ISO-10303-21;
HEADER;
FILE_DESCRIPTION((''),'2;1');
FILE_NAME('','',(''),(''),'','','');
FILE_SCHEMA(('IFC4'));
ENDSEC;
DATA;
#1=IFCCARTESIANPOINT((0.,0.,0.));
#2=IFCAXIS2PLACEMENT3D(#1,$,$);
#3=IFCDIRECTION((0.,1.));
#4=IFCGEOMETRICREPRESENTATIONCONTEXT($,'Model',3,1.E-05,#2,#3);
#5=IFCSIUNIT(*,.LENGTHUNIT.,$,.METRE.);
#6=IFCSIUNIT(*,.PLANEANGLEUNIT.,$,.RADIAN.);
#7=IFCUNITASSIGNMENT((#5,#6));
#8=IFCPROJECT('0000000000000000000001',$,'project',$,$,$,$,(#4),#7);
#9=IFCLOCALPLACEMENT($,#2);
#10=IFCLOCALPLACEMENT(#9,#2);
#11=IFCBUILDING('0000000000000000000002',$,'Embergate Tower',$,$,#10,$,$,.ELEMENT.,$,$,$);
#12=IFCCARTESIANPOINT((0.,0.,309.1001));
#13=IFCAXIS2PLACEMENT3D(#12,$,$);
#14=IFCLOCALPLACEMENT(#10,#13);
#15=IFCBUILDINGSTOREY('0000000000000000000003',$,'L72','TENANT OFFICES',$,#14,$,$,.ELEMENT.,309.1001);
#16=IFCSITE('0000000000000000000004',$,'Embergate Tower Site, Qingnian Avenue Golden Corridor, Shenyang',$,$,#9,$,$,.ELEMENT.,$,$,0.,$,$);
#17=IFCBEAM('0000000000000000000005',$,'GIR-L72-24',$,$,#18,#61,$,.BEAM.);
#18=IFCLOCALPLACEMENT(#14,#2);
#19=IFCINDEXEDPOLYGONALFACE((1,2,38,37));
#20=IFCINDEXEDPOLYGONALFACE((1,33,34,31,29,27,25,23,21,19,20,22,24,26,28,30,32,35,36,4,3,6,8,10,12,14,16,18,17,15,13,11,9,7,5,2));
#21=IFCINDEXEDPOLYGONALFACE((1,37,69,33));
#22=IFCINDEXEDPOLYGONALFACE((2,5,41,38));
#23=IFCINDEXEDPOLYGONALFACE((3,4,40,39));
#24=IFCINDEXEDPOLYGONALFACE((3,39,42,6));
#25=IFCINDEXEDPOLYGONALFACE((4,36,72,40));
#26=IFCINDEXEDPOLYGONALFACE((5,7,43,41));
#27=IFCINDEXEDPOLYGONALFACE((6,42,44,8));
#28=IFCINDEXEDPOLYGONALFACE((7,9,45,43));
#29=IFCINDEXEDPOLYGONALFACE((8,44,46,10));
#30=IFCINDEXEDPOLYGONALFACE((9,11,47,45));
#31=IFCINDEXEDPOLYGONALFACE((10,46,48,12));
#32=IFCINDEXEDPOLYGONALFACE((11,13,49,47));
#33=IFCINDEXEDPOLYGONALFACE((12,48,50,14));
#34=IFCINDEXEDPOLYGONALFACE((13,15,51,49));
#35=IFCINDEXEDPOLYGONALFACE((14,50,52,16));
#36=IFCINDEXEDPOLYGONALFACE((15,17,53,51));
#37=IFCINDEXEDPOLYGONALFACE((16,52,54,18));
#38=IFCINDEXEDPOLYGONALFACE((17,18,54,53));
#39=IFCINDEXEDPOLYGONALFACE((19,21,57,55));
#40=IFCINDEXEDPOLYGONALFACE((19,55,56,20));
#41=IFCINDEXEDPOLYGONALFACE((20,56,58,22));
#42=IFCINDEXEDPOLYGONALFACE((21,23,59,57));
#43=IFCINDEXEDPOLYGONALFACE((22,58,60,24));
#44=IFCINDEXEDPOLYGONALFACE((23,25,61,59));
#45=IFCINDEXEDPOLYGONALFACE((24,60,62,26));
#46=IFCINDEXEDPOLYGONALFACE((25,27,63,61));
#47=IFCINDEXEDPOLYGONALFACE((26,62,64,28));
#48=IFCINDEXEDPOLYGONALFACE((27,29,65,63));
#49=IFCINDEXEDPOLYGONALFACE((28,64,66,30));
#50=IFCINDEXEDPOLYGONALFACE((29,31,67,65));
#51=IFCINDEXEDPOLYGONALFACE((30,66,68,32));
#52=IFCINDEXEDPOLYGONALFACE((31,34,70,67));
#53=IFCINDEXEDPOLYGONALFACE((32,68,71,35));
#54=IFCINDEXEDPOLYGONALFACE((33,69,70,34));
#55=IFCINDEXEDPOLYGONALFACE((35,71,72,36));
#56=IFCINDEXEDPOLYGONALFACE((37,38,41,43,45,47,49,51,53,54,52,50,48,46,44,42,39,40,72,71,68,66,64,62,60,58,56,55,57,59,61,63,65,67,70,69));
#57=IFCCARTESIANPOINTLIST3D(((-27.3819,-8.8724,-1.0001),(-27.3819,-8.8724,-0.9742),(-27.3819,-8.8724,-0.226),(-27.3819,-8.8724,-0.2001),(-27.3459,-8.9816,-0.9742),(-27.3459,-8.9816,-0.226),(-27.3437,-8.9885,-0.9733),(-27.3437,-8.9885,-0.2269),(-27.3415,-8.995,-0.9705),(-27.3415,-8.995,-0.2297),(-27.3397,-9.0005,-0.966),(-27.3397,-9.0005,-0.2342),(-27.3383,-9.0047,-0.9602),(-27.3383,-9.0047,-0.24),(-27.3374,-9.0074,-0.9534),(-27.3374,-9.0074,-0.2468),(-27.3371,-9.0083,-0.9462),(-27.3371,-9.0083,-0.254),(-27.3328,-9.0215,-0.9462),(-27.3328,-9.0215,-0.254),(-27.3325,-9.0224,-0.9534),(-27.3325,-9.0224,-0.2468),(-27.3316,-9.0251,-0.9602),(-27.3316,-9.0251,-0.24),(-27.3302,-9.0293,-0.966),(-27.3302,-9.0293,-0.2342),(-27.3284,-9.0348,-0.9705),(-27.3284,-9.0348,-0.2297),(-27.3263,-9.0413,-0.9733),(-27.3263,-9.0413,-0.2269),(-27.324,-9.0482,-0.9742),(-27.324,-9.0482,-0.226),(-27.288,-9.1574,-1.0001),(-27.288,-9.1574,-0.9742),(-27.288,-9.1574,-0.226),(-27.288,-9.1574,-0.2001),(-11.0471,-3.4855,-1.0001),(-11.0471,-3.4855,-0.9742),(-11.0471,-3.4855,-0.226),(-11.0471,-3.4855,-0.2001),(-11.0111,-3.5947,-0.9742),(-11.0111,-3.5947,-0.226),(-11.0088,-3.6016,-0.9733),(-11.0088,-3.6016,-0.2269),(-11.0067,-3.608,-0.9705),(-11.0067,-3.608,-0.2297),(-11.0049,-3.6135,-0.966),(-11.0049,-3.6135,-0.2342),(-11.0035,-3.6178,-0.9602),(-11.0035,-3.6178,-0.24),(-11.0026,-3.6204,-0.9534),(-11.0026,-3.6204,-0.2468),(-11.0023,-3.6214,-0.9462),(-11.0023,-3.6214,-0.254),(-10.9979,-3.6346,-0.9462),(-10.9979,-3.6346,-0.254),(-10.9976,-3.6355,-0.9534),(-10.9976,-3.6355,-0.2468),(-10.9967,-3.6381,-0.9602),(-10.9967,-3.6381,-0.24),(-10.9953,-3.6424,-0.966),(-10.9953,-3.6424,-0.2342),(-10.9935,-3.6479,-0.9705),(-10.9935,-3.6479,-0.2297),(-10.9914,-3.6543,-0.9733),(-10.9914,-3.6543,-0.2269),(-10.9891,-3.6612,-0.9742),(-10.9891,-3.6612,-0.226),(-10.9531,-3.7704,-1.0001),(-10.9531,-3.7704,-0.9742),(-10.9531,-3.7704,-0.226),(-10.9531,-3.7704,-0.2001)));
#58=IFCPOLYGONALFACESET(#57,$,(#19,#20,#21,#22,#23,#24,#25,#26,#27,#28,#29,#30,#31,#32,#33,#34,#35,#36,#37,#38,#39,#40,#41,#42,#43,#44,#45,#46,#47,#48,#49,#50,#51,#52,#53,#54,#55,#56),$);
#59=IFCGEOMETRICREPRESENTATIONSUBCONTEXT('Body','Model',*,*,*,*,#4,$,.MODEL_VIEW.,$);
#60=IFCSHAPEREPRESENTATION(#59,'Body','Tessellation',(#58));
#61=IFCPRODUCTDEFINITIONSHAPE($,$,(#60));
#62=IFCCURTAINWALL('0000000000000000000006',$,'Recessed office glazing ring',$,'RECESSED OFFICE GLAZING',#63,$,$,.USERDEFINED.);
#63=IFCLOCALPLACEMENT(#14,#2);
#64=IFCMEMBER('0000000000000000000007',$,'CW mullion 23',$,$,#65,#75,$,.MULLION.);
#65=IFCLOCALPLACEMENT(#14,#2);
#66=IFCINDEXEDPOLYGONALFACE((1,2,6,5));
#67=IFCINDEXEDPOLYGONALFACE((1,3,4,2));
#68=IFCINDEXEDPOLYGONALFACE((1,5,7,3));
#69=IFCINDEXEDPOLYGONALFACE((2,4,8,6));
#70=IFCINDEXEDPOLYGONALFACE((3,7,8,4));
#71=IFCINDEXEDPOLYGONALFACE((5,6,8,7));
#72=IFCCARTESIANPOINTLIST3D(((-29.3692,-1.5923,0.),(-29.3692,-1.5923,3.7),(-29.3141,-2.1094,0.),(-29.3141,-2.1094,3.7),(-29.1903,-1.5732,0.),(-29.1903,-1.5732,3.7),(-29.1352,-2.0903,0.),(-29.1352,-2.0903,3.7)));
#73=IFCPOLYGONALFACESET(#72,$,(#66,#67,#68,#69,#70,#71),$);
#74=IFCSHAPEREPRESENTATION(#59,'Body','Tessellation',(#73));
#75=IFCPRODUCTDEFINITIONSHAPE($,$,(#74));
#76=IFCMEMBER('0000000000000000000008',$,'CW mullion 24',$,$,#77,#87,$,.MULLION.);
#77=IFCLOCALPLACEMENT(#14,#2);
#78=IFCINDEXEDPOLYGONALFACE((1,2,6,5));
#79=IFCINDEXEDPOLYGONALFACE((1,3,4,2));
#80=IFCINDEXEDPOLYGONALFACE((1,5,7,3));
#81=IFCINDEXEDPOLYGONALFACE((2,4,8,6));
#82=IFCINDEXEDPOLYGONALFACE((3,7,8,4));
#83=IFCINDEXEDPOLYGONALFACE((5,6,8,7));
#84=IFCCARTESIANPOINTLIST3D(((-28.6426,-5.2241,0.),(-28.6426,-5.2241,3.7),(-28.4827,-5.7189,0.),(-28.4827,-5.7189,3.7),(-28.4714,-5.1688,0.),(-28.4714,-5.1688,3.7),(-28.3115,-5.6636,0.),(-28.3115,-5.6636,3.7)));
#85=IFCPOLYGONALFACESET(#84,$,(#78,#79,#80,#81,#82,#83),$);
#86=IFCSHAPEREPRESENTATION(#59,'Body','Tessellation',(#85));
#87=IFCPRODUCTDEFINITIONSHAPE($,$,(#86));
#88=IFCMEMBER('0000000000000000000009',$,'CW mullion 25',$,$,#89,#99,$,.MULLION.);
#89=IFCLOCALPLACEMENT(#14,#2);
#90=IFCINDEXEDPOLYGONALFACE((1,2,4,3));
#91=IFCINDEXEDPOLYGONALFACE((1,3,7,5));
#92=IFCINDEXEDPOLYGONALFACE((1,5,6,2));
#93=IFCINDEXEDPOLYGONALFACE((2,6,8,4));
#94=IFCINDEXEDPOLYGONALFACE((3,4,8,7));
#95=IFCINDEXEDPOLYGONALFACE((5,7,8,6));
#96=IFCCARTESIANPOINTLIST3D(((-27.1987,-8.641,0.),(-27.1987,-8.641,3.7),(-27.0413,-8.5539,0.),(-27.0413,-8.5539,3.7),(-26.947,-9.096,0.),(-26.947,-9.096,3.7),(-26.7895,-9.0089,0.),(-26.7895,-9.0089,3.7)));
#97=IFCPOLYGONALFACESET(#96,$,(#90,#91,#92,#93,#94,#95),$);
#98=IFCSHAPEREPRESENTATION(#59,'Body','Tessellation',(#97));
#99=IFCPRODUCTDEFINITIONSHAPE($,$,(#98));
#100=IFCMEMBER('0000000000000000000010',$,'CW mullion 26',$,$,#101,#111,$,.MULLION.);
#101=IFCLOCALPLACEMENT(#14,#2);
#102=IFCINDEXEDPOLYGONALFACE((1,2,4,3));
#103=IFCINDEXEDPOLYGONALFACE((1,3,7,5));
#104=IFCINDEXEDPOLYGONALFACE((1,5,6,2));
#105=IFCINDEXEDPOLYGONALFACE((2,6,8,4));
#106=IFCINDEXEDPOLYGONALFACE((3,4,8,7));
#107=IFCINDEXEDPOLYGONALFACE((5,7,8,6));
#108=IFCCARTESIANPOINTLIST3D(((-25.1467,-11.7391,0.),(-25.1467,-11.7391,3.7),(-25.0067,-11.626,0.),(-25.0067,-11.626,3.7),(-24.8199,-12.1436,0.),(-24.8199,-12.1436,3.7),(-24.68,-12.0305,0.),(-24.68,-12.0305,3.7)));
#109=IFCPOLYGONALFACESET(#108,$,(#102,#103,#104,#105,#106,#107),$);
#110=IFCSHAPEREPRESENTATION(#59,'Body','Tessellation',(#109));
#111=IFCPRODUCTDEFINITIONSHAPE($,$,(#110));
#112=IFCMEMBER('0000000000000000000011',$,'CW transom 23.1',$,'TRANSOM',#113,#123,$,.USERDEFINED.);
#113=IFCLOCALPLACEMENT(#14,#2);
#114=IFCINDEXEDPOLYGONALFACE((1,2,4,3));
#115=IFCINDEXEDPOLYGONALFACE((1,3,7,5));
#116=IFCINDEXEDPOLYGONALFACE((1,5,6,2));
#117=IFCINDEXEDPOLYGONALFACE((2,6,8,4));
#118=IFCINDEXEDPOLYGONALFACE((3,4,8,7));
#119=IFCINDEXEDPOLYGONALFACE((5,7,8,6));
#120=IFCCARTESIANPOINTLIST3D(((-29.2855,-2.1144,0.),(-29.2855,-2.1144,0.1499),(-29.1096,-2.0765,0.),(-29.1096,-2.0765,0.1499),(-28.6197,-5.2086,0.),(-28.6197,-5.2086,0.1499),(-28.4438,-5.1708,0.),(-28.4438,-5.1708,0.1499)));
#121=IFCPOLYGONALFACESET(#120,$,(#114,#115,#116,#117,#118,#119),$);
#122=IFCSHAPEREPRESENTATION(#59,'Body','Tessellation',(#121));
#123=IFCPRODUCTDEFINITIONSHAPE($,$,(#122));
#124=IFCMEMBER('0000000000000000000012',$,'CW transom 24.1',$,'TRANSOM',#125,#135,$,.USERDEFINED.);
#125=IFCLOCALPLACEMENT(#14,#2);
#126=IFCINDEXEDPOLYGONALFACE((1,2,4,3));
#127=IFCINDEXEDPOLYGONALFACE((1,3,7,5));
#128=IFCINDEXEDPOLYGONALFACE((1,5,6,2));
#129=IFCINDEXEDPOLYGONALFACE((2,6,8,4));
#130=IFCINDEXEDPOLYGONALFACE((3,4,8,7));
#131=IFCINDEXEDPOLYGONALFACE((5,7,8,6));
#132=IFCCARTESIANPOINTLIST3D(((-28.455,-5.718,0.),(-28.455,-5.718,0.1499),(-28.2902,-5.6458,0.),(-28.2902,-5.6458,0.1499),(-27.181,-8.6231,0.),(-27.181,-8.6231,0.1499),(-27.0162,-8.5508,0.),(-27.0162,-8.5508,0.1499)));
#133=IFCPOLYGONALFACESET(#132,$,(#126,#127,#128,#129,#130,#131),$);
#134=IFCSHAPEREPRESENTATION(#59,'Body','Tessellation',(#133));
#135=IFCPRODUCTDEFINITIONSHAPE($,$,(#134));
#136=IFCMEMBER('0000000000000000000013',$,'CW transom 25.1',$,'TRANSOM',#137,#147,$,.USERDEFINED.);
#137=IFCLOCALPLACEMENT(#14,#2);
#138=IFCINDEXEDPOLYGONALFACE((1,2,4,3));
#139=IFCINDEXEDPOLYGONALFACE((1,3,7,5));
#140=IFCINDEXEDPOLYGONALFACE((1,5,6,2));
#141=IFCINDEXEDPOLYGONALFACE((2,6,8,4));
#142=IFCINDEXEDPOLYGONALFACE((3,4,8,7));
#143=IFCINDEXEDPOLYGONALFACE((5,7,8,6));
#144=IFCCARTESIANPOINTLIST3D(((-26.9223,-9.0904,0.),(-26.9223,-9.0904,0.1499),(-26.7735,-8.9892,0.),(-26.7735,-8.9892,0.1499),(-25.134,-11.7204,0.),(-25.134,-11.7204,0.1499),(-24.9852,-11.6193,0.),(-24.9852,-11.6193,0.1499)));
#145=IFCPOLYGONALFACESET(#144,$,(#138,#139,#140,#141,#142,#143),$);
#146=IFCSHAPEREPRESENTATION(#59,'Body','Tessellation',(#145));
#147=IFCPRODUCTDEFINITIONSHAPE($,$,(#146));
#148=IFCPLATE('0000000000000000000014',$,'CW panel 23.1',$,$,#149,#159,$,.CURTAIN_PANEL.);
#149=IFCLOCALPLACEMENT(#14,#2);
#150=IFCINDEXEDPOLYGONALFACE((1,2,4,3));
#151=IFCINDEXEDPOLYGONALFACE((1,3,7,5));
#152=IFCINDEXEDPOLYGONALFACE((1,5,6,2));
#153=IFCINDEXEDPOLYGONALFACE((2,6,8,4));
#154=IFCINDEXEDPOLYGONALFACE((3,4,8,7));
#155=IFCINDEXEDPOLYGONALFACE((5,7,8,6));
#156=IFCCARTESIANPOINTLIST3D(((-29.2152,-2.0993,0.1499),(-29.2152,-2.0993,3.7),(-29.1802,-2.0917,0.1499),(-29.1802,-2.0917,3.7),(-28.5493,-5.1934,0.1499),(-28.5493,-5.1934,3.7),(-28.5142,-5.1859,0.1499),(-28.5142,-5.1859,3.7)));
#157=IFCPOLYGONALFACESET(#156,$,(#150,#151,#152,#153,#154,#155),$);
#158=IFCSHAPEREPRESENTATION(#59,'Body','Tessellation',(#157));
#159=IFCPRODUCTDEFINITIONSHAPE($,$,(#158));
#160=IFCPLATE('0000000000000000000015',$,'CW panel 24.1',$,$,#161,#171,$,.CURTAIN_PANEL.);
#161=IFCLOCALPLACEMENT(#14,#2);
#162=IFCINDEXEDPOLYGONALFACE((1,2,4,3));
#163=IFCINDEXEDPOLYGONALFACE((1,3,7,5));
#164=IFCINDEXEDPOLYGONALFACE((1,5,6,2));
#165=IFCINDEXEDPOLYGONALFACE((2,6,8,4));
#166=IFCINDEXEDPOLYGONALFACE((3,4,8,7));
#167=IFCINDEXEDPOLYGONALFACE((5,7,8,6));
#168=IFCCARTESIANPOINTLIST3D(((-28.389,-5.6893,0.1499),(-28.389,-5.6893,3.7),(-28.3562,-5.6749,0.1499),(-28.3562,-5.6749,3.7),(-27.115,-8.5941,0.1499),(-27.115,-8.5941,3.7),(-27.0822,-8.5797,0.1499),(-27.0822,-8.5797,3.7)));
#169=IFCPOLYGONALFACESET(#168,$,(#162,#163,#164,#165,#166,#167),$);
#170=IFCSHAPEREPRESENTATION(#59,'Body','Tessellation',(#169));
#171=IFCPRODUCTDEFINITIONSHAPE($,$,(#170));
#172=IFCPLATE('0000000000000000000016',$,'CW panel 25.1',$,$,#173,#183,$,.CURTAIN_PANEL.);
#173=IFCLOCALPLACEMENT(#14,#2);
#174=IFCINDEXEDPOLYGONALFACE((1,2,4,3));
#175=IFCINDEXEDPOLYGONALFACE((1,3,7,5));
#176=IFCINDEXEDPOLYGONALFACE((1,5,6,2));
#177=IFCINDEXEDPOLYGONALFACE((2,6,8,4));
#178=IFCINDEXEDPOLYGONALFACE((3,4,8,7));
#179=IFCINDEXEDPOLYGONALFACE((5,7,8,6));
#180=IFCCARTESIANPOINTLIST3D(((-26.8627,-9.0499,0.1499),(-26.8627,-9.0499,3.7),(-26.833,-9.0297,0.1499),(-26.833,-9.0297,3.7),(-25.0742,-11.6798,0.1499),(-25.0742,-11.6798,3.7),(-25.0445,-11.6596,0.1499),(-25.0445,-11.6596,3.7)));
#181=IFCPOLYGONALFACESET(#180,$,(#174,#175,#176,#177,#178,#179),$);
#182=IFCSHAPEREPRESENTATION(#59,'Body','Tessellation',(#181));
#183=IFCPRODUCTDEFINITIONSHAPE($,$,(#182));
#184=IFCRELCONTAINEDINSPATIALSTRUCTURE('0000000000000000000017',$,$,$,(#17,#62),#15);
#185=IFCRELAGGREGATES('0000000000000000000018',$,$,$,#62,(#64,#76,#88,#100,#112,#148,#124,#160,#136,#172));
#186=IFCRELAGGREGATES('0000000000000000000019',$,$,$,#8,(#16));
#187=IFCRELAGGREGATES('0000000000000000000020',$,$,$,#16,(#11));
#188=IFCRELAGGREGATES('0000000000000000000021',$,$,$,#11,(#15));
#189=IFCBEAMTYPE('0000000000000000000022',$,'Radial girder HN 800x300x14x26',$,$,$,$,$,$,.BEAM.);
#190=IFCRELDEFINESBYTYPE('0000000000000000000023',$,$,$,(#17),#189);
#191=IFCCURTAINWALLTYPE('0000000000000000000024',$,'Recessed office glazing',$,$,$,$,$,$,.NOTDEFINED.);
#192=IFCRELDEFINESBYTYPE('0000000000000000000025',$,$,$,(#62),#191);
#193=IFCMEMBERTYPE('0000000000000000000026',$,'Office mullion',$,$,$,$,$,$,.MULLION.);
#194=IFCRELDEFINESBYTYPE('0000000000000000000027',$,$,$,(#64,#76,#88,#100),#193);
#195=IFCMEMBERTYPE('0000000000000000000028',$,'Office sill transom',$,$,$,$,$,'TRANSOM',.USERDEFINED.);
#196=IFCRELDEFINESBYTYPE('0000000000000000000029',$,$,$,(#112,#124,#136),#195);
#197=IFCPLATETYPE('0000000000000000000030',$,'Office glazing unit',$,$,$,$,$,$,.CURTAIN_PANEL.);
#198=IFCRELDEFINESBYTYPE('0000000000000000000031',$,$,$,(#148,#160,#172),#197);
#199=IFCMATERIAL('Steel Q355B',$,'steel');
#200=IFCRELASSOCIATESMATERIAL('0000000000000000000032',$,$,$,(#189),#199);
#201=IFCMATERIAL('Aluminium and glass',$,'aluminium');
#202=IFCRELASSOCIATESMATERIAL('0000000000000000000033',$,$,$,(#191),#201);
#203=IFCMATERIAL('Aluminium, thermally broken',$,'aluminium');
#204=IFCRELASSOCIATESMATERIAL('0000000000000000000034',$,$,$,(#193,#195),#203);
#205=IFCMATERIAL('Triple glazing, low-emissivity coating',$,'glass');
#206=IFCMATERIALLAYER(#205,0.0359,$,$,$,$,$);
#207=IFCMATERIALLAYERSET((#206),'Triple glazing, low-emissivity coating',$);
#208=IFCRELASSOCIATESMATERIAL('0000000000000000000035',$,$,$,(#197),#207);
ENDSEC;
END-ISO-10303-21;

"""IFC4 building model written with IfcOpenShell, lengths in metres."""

from ifc_helpers import new_model, si_unit, direction, frame, origin, origin_2d, place, context, subcontext, project, spatial, rectangle, i_section, extrude, source, transform, mapped, material, layer, layer_set, material_profile, profile_set, type_object, element, aggregate, save


model = new_model("IFC4")

# Units and contexts
model_context = context("Model", 3, precision=1e-05, world=origin(), true_north=direction((0.0, 1.0)))
body_context = subcontext(model_context, "Body", "Model", "MODEL_VIEW")
ifc_project = project(units=[si_unit("LENGTHUNIT", "METRE"), si_unit("PLANEANGLEUNIT", "RADIAN")], contexts=[model_context])

# Site, building, storey
site_placement = place(None, origin())
site = spatial("IfcSite", under=ifc_project, at=site_placement, Name="Embergate Tower Site, Qingnian Avenue Golden Corridor, Shenyang", CompositionType="ELEMENT", RefElevation=0.0)
building_placement = place(site_placement, origin())
building = spatial("IfcBuilding", under=site, at=building_placement, Name="Embergate Tower", CompositionType="ELEMENT")
storey_placement = place(building_placement, frame((0.0, 0.0, 309.1001)))
storey = spatial("IfcBuildingStorey", under=building, at=storey_placement, Name="L72", Description="TENANT OFFICES", CompositionType="ELEMENT", Elevation=309.1001)

# Beam
ifc_material_1 = material(Name="Steel Q355B", Category="steel")
ifc_material_profile_1 = material_profile(ifc_material_1, i_section(OverallWidth=0.3, OverallDepth=0.8, WebThickness=0.0139, FlangeThickness=0.0259, FilletRadius=0.0281, at=origin_2d()), Name="HN 800x300x14x26")
ifc_profile_set_1 = profile_set([ifc_material_profile_1], Name="Steel Q355 grade B")
beam_type_1 = type_object("IfcBeamType", Name="Radial girder HN 800x300x14x26", PredefinedType="BEAM", material=ifc_profile_set_1)
shared_shape_1 = source(origin(), body_context, "Body", "SweptSolid", [
    extrude(i_section(OverallWidth=0.3, OverallDepth=0.8, WebThickness=0.0139, FlangeThickness=0.0259, FilletRadius=0.0281, at=origin_2d()), origin(), (0.0, 0.0, 1.0), 17.2002),
])
beam_1_placement = place(storey_placement, frame((-27.335, -9.0149, -0.6001), z_axis=(0.94969, 0.31319, 0.0), x_axis=(-0.31319, 0.94969, 0.0)))
element("IfcBeam", 1, at=beam_1_placement, inside=storey, type_object=beam_type_1, Name="GIR-L72-24", PredefinedType="BEAM", context=body_context, shape_type="MappedRepresentation", body=[
    mapped(shared_shape_1, transform((0.0, 0.0, 0.0))),
])

# Curtain wall, members, plates
ifc_material_2 = material(Name="Aluminium and glass", Category="aluminium")
curtain_wall_type = type_object("IfcCurtainWallType", Name="Recessed office glazing", PredefinedType="NOTDEFINED", material=ifc_material_2)
curtain_wall_placement = place(storey_placement, origin())
curtain_wall = element("IfcCurtainWall", 2, at=curtain_wall_placement, inside=storey, type_object=curtain_wall_type, Name="Recessed office glazing ring", ObjectType="RECESSED OFFICE GLAZING", PredefinedType="USERDEFINED")
ifc_material_3 = material(Name="Aluminium, thermally broken", Category="aluminium")
ifc_material_profile_2 = material_profile(ifc_material_3, rectangle(XDim=0.1799, YDim=0.52, at=origin_2d()), Name="AL 520x180")
ifc_profile_set_2 = profile_set([ifc_material_profile_2], Name="Aluminium, thermally broken")
member_type_1 = type_object("IfcMemberType", Name="Office mullion", PredefinedType="MULLION", material=ifc_profile_set_2)
shared_shape_2 = source(origin(), body_context, "Body", "SweptSolid", [
    extrude(rectangle(XDim=0.1799, YDim=0.52, at=origin_2d()), origin(), (0.0, 0.0, 1.0), 3.7),
])
member_1_placement = place(storey_placement, frame((-29.2522, -1.8413, 0.0), z_axis=(0.0, 0.0, 1.0), x_axis=(0.994384, 0.10583, 0.0)))
member_1 = element("IfcMember", 3, at=member_1_placement, type_object=member_type_1, Name="CW mullion 23", PredefinedType="MULLION", context=body_context, shape_type="MappedRepresentation", body=[
    mapped(shared_shape_2, transform((0.0, 0.0, 0.0))),
])
member_2_placement = place(storey_placement, frame((-28.4771, -5.4438, 0.0), z_axis=(0.0, 0.0, 1.0), x_axis=(0.951493, 0.307671, 0.0)))
member_2 = element("IfcMember", 4, at=member_2_placement, type_object=member_type_1, Name="CW mullion 24", PredefinedType="MULLION", context=body_context, shape_type="MappedRepresentation", body=[
    mapped(shared_shape_2, transform((0.0, 0.0, 0.0))),
])
member_3_placement = place(storey_placement, frame((-26.9941, -8.825, 0.0), z_axis=(0.0, 0.0, 1.0), x_axis=(0.874993, 0.484135, 0.0)))
member_3 = element("IfcMember", 5, at=member_3_placement, type_object=member_type_1, Name="CW mullion 25", PredefinedType="MULLION", context=body_context, shape_type="MappedRepresentation", body=[
    mapped(shared_shape_2, transform((0.0, 0.0, 0.0))),
])
member_4_placement = place(storey_placement, frame((-24.9133, -11.8848, 0.0), z_axis=(0.0, 0.0, 1.0), x_axis=(0.777864, 0.628433, 0.0)))
member_4 = element("IfcMember", 6, at=member_4_placement, type_object=member_type_1, Name="CW mullion 26", PredefinedType="MULLION", context=body_context, shape_type="MappedRepresentation", body=[
    mapped(shared_shape_2, transform((0.0, 0.0, 0.0))),
])
ifc_material_profile_3 = material_profile(ifc_material_3, rectangle(XDim=0.1799, YDim=0.1499, at=origin_2d()), Name="AL 150x180")
ifc_profile_set_3 = profile_set([ifc_material_profile_3], Name="Aluminium, thermally broken")
member_type_2 = type_object("IfcMemberType", Name="Office sill transom", ElementType="TRANSOM", PredefinedType="USERDEFINED", material=ifc_profile_set_3)
shared_shape_3 = source(origin(), body_context, "Body", "SweptSolid", [
    extrude(rectangle(XDim=0.1799, YDim=0.1499, at=origin_2d()), origin(), (0.0, 0.0, 1.0), 3.165),
])
member_5_placement = place(storey_placement, frame((-29.1975, -2.0955, 0.075), z_axis=(0.210351, -0.977626, 0.0), x_axis=(0.977626, 0.210351, 0.0)))
member_5 = element("IfcMember", 7, at=member_5_placement, type_object=member_type_2, Name="CW transom 23.1", ObjectType="TRANSOM", PredefinedType="USERDEFINED", context=body_context, shape_type="MappedRepresentation", body=[
    mapped(shared_shape_3, transform((0.0, 0.0, 0.0))),
])
shared_shape_4 = source(origin(), body_context, "Body", "SweptSolid", [
    extrude(rectangle(XDim=0.1799, YDim=0.1499, at=origin_2d()), origin(), (0.0, 0.0, 1.0), 3.1721),
])
member_6_placement = place(storey_placement, frame((-28.3726, -5.6819, 0.075), z_axis=(0.401606, -0.915813, 0.0), x_axis=(0.915813, 0.401606, 0.0)))
member_6 = element("IfcMember", 8, at=member_6_placement, type_object=member_type_2, Name="CW transom 24.1", ObjectType="TRANSOM", PredefinedType="USERDEFINED", context=body_context, shape_type="MappedRepresentation", body=[
    mapped(shared_shape_4, transform((0.0, 0.0, 0.0))),
])
shared_shape_5 = source(origin(), body_context, "Body", "SweptSolid", [
    extrude(rectangle(XDim=0.1799, YDim=0.1499, at=origin_2d()), origin(), (0.0, 0.0, 1.0), 3.1804),
])
member_7_placement = place(storey_placement, frame((-26.8479, -9.0398, 0.075), z_axis=(0.562276, -0.826949, 0.0), x_axis=(0.826949, 0.562276, 0.0)))
member_7 = element("IfcMember", 9, at=member_7_placement, type_object=member_type_2, Name="CW transom 25.1", ObjectType="TRANSOM", PredefinedType="USERDEFINED", context=body_context, shape_type="MappedRepresentation", body=[
    mapped(shared_shape_5, transform((0.0, 0.0, 0.0))),
])
ifc_material_4 = material(Name="Triple glazing, low-emissivity coating", Category="glass")
ifc_layer_1 = layer(ifc_material_4, 0.0359)
ifc_layer_set_1 = layer_set([ifc_layer_1], Name="Triple glazing, low-emissivity coating")
plate_type = type_object("IfcPlateType", Name="Office glazing unit", PredefinedType="CURTAIN_PANEL", material=ifc_layer_set_1)
shared_shape_6 = source(origin(), body_context, "Body", "SweptSolid", [
    extrude(rectangle(XDim=3.165, YDim=0.0359, at=origin_2d()), origin(), (0.0, 0.0, 1.0), 3.55),
])
plate_1_placement = place(storey_placement, frame((-28.8647, -3.6426, 0.1499), z_axis=(0.0, 0.0, 1.0), x_axis=(0.210398, -0.977616, 0.0)))
plate_1 = element("IfcPlate", 10, at=plate_1_placement, type_object=plate_type, Name="CW panel 23.1", PredefinedType="CURTAIN_PANEL", context=body_context, shape_type="MappedRepresentation", body=[
    mapped(shared_shape_6, transform((0.0, 0.0, 0.0))),
])
shared_shape_7 = source(origin(), body_context, "Body", "SweptSolid", [
    extrude(rectangle(XDim=3.1719, YDim=0.0359, at=origin_2d()), origin(), (0.0, 0.0, 1.0), 3.55),
])
plate_2_placement = place(storey_placement, frame((-27.7356, -7.1345, 0.1499), z_axis=(0.0, 0.0, 1.0), x_axis=(0.401652, -0.915792, 0.0)))
plate_2 = element("IfcPlate", 11, at=plate_2_placement, type_object=plate_type, Name="CW panel 24.1", PredefinedType="CURTAIN_PANEL", context=body_context, shape_type="MappedRepresentation", body=[
    mapped(shared_shape_7, transform((0.0, 0.0, 0.0))),
])
shared_shape_8 = source(origin(), body_context, "Body", "SweptSolid", [
    extrude(rectangle(XDim=3.1804, YDim=0.0359, at=origin_2d()), origin(), (0.0, 0.0, 1.0), 3.55),
])
plate_3_placement = place(storey_placement, frame((-25.9536, -10.3547, 0.1499), z_axis=(0.0, 0.0, 1.0), x_axis=(0.562342, -0.826905, 0.0)))
plate_3 = element("IfcPlate", 12, at=plate_3_placement, type_object=plate_type, Name="CW panel 25.1", PredefinedType="CURTAIN_PANEL", context=body_context, shape_type="MappedRepresentation", body=[
    mapped(shared_shape_8, transform((0.0, 0.0, 0.0))),
])
aggregate(curtain_wall, [member_1, member_2, member_3, member_4, member_5, plate_1, member_6, plate_2, member_7, plate_3])

save(model, "model.ifc")
